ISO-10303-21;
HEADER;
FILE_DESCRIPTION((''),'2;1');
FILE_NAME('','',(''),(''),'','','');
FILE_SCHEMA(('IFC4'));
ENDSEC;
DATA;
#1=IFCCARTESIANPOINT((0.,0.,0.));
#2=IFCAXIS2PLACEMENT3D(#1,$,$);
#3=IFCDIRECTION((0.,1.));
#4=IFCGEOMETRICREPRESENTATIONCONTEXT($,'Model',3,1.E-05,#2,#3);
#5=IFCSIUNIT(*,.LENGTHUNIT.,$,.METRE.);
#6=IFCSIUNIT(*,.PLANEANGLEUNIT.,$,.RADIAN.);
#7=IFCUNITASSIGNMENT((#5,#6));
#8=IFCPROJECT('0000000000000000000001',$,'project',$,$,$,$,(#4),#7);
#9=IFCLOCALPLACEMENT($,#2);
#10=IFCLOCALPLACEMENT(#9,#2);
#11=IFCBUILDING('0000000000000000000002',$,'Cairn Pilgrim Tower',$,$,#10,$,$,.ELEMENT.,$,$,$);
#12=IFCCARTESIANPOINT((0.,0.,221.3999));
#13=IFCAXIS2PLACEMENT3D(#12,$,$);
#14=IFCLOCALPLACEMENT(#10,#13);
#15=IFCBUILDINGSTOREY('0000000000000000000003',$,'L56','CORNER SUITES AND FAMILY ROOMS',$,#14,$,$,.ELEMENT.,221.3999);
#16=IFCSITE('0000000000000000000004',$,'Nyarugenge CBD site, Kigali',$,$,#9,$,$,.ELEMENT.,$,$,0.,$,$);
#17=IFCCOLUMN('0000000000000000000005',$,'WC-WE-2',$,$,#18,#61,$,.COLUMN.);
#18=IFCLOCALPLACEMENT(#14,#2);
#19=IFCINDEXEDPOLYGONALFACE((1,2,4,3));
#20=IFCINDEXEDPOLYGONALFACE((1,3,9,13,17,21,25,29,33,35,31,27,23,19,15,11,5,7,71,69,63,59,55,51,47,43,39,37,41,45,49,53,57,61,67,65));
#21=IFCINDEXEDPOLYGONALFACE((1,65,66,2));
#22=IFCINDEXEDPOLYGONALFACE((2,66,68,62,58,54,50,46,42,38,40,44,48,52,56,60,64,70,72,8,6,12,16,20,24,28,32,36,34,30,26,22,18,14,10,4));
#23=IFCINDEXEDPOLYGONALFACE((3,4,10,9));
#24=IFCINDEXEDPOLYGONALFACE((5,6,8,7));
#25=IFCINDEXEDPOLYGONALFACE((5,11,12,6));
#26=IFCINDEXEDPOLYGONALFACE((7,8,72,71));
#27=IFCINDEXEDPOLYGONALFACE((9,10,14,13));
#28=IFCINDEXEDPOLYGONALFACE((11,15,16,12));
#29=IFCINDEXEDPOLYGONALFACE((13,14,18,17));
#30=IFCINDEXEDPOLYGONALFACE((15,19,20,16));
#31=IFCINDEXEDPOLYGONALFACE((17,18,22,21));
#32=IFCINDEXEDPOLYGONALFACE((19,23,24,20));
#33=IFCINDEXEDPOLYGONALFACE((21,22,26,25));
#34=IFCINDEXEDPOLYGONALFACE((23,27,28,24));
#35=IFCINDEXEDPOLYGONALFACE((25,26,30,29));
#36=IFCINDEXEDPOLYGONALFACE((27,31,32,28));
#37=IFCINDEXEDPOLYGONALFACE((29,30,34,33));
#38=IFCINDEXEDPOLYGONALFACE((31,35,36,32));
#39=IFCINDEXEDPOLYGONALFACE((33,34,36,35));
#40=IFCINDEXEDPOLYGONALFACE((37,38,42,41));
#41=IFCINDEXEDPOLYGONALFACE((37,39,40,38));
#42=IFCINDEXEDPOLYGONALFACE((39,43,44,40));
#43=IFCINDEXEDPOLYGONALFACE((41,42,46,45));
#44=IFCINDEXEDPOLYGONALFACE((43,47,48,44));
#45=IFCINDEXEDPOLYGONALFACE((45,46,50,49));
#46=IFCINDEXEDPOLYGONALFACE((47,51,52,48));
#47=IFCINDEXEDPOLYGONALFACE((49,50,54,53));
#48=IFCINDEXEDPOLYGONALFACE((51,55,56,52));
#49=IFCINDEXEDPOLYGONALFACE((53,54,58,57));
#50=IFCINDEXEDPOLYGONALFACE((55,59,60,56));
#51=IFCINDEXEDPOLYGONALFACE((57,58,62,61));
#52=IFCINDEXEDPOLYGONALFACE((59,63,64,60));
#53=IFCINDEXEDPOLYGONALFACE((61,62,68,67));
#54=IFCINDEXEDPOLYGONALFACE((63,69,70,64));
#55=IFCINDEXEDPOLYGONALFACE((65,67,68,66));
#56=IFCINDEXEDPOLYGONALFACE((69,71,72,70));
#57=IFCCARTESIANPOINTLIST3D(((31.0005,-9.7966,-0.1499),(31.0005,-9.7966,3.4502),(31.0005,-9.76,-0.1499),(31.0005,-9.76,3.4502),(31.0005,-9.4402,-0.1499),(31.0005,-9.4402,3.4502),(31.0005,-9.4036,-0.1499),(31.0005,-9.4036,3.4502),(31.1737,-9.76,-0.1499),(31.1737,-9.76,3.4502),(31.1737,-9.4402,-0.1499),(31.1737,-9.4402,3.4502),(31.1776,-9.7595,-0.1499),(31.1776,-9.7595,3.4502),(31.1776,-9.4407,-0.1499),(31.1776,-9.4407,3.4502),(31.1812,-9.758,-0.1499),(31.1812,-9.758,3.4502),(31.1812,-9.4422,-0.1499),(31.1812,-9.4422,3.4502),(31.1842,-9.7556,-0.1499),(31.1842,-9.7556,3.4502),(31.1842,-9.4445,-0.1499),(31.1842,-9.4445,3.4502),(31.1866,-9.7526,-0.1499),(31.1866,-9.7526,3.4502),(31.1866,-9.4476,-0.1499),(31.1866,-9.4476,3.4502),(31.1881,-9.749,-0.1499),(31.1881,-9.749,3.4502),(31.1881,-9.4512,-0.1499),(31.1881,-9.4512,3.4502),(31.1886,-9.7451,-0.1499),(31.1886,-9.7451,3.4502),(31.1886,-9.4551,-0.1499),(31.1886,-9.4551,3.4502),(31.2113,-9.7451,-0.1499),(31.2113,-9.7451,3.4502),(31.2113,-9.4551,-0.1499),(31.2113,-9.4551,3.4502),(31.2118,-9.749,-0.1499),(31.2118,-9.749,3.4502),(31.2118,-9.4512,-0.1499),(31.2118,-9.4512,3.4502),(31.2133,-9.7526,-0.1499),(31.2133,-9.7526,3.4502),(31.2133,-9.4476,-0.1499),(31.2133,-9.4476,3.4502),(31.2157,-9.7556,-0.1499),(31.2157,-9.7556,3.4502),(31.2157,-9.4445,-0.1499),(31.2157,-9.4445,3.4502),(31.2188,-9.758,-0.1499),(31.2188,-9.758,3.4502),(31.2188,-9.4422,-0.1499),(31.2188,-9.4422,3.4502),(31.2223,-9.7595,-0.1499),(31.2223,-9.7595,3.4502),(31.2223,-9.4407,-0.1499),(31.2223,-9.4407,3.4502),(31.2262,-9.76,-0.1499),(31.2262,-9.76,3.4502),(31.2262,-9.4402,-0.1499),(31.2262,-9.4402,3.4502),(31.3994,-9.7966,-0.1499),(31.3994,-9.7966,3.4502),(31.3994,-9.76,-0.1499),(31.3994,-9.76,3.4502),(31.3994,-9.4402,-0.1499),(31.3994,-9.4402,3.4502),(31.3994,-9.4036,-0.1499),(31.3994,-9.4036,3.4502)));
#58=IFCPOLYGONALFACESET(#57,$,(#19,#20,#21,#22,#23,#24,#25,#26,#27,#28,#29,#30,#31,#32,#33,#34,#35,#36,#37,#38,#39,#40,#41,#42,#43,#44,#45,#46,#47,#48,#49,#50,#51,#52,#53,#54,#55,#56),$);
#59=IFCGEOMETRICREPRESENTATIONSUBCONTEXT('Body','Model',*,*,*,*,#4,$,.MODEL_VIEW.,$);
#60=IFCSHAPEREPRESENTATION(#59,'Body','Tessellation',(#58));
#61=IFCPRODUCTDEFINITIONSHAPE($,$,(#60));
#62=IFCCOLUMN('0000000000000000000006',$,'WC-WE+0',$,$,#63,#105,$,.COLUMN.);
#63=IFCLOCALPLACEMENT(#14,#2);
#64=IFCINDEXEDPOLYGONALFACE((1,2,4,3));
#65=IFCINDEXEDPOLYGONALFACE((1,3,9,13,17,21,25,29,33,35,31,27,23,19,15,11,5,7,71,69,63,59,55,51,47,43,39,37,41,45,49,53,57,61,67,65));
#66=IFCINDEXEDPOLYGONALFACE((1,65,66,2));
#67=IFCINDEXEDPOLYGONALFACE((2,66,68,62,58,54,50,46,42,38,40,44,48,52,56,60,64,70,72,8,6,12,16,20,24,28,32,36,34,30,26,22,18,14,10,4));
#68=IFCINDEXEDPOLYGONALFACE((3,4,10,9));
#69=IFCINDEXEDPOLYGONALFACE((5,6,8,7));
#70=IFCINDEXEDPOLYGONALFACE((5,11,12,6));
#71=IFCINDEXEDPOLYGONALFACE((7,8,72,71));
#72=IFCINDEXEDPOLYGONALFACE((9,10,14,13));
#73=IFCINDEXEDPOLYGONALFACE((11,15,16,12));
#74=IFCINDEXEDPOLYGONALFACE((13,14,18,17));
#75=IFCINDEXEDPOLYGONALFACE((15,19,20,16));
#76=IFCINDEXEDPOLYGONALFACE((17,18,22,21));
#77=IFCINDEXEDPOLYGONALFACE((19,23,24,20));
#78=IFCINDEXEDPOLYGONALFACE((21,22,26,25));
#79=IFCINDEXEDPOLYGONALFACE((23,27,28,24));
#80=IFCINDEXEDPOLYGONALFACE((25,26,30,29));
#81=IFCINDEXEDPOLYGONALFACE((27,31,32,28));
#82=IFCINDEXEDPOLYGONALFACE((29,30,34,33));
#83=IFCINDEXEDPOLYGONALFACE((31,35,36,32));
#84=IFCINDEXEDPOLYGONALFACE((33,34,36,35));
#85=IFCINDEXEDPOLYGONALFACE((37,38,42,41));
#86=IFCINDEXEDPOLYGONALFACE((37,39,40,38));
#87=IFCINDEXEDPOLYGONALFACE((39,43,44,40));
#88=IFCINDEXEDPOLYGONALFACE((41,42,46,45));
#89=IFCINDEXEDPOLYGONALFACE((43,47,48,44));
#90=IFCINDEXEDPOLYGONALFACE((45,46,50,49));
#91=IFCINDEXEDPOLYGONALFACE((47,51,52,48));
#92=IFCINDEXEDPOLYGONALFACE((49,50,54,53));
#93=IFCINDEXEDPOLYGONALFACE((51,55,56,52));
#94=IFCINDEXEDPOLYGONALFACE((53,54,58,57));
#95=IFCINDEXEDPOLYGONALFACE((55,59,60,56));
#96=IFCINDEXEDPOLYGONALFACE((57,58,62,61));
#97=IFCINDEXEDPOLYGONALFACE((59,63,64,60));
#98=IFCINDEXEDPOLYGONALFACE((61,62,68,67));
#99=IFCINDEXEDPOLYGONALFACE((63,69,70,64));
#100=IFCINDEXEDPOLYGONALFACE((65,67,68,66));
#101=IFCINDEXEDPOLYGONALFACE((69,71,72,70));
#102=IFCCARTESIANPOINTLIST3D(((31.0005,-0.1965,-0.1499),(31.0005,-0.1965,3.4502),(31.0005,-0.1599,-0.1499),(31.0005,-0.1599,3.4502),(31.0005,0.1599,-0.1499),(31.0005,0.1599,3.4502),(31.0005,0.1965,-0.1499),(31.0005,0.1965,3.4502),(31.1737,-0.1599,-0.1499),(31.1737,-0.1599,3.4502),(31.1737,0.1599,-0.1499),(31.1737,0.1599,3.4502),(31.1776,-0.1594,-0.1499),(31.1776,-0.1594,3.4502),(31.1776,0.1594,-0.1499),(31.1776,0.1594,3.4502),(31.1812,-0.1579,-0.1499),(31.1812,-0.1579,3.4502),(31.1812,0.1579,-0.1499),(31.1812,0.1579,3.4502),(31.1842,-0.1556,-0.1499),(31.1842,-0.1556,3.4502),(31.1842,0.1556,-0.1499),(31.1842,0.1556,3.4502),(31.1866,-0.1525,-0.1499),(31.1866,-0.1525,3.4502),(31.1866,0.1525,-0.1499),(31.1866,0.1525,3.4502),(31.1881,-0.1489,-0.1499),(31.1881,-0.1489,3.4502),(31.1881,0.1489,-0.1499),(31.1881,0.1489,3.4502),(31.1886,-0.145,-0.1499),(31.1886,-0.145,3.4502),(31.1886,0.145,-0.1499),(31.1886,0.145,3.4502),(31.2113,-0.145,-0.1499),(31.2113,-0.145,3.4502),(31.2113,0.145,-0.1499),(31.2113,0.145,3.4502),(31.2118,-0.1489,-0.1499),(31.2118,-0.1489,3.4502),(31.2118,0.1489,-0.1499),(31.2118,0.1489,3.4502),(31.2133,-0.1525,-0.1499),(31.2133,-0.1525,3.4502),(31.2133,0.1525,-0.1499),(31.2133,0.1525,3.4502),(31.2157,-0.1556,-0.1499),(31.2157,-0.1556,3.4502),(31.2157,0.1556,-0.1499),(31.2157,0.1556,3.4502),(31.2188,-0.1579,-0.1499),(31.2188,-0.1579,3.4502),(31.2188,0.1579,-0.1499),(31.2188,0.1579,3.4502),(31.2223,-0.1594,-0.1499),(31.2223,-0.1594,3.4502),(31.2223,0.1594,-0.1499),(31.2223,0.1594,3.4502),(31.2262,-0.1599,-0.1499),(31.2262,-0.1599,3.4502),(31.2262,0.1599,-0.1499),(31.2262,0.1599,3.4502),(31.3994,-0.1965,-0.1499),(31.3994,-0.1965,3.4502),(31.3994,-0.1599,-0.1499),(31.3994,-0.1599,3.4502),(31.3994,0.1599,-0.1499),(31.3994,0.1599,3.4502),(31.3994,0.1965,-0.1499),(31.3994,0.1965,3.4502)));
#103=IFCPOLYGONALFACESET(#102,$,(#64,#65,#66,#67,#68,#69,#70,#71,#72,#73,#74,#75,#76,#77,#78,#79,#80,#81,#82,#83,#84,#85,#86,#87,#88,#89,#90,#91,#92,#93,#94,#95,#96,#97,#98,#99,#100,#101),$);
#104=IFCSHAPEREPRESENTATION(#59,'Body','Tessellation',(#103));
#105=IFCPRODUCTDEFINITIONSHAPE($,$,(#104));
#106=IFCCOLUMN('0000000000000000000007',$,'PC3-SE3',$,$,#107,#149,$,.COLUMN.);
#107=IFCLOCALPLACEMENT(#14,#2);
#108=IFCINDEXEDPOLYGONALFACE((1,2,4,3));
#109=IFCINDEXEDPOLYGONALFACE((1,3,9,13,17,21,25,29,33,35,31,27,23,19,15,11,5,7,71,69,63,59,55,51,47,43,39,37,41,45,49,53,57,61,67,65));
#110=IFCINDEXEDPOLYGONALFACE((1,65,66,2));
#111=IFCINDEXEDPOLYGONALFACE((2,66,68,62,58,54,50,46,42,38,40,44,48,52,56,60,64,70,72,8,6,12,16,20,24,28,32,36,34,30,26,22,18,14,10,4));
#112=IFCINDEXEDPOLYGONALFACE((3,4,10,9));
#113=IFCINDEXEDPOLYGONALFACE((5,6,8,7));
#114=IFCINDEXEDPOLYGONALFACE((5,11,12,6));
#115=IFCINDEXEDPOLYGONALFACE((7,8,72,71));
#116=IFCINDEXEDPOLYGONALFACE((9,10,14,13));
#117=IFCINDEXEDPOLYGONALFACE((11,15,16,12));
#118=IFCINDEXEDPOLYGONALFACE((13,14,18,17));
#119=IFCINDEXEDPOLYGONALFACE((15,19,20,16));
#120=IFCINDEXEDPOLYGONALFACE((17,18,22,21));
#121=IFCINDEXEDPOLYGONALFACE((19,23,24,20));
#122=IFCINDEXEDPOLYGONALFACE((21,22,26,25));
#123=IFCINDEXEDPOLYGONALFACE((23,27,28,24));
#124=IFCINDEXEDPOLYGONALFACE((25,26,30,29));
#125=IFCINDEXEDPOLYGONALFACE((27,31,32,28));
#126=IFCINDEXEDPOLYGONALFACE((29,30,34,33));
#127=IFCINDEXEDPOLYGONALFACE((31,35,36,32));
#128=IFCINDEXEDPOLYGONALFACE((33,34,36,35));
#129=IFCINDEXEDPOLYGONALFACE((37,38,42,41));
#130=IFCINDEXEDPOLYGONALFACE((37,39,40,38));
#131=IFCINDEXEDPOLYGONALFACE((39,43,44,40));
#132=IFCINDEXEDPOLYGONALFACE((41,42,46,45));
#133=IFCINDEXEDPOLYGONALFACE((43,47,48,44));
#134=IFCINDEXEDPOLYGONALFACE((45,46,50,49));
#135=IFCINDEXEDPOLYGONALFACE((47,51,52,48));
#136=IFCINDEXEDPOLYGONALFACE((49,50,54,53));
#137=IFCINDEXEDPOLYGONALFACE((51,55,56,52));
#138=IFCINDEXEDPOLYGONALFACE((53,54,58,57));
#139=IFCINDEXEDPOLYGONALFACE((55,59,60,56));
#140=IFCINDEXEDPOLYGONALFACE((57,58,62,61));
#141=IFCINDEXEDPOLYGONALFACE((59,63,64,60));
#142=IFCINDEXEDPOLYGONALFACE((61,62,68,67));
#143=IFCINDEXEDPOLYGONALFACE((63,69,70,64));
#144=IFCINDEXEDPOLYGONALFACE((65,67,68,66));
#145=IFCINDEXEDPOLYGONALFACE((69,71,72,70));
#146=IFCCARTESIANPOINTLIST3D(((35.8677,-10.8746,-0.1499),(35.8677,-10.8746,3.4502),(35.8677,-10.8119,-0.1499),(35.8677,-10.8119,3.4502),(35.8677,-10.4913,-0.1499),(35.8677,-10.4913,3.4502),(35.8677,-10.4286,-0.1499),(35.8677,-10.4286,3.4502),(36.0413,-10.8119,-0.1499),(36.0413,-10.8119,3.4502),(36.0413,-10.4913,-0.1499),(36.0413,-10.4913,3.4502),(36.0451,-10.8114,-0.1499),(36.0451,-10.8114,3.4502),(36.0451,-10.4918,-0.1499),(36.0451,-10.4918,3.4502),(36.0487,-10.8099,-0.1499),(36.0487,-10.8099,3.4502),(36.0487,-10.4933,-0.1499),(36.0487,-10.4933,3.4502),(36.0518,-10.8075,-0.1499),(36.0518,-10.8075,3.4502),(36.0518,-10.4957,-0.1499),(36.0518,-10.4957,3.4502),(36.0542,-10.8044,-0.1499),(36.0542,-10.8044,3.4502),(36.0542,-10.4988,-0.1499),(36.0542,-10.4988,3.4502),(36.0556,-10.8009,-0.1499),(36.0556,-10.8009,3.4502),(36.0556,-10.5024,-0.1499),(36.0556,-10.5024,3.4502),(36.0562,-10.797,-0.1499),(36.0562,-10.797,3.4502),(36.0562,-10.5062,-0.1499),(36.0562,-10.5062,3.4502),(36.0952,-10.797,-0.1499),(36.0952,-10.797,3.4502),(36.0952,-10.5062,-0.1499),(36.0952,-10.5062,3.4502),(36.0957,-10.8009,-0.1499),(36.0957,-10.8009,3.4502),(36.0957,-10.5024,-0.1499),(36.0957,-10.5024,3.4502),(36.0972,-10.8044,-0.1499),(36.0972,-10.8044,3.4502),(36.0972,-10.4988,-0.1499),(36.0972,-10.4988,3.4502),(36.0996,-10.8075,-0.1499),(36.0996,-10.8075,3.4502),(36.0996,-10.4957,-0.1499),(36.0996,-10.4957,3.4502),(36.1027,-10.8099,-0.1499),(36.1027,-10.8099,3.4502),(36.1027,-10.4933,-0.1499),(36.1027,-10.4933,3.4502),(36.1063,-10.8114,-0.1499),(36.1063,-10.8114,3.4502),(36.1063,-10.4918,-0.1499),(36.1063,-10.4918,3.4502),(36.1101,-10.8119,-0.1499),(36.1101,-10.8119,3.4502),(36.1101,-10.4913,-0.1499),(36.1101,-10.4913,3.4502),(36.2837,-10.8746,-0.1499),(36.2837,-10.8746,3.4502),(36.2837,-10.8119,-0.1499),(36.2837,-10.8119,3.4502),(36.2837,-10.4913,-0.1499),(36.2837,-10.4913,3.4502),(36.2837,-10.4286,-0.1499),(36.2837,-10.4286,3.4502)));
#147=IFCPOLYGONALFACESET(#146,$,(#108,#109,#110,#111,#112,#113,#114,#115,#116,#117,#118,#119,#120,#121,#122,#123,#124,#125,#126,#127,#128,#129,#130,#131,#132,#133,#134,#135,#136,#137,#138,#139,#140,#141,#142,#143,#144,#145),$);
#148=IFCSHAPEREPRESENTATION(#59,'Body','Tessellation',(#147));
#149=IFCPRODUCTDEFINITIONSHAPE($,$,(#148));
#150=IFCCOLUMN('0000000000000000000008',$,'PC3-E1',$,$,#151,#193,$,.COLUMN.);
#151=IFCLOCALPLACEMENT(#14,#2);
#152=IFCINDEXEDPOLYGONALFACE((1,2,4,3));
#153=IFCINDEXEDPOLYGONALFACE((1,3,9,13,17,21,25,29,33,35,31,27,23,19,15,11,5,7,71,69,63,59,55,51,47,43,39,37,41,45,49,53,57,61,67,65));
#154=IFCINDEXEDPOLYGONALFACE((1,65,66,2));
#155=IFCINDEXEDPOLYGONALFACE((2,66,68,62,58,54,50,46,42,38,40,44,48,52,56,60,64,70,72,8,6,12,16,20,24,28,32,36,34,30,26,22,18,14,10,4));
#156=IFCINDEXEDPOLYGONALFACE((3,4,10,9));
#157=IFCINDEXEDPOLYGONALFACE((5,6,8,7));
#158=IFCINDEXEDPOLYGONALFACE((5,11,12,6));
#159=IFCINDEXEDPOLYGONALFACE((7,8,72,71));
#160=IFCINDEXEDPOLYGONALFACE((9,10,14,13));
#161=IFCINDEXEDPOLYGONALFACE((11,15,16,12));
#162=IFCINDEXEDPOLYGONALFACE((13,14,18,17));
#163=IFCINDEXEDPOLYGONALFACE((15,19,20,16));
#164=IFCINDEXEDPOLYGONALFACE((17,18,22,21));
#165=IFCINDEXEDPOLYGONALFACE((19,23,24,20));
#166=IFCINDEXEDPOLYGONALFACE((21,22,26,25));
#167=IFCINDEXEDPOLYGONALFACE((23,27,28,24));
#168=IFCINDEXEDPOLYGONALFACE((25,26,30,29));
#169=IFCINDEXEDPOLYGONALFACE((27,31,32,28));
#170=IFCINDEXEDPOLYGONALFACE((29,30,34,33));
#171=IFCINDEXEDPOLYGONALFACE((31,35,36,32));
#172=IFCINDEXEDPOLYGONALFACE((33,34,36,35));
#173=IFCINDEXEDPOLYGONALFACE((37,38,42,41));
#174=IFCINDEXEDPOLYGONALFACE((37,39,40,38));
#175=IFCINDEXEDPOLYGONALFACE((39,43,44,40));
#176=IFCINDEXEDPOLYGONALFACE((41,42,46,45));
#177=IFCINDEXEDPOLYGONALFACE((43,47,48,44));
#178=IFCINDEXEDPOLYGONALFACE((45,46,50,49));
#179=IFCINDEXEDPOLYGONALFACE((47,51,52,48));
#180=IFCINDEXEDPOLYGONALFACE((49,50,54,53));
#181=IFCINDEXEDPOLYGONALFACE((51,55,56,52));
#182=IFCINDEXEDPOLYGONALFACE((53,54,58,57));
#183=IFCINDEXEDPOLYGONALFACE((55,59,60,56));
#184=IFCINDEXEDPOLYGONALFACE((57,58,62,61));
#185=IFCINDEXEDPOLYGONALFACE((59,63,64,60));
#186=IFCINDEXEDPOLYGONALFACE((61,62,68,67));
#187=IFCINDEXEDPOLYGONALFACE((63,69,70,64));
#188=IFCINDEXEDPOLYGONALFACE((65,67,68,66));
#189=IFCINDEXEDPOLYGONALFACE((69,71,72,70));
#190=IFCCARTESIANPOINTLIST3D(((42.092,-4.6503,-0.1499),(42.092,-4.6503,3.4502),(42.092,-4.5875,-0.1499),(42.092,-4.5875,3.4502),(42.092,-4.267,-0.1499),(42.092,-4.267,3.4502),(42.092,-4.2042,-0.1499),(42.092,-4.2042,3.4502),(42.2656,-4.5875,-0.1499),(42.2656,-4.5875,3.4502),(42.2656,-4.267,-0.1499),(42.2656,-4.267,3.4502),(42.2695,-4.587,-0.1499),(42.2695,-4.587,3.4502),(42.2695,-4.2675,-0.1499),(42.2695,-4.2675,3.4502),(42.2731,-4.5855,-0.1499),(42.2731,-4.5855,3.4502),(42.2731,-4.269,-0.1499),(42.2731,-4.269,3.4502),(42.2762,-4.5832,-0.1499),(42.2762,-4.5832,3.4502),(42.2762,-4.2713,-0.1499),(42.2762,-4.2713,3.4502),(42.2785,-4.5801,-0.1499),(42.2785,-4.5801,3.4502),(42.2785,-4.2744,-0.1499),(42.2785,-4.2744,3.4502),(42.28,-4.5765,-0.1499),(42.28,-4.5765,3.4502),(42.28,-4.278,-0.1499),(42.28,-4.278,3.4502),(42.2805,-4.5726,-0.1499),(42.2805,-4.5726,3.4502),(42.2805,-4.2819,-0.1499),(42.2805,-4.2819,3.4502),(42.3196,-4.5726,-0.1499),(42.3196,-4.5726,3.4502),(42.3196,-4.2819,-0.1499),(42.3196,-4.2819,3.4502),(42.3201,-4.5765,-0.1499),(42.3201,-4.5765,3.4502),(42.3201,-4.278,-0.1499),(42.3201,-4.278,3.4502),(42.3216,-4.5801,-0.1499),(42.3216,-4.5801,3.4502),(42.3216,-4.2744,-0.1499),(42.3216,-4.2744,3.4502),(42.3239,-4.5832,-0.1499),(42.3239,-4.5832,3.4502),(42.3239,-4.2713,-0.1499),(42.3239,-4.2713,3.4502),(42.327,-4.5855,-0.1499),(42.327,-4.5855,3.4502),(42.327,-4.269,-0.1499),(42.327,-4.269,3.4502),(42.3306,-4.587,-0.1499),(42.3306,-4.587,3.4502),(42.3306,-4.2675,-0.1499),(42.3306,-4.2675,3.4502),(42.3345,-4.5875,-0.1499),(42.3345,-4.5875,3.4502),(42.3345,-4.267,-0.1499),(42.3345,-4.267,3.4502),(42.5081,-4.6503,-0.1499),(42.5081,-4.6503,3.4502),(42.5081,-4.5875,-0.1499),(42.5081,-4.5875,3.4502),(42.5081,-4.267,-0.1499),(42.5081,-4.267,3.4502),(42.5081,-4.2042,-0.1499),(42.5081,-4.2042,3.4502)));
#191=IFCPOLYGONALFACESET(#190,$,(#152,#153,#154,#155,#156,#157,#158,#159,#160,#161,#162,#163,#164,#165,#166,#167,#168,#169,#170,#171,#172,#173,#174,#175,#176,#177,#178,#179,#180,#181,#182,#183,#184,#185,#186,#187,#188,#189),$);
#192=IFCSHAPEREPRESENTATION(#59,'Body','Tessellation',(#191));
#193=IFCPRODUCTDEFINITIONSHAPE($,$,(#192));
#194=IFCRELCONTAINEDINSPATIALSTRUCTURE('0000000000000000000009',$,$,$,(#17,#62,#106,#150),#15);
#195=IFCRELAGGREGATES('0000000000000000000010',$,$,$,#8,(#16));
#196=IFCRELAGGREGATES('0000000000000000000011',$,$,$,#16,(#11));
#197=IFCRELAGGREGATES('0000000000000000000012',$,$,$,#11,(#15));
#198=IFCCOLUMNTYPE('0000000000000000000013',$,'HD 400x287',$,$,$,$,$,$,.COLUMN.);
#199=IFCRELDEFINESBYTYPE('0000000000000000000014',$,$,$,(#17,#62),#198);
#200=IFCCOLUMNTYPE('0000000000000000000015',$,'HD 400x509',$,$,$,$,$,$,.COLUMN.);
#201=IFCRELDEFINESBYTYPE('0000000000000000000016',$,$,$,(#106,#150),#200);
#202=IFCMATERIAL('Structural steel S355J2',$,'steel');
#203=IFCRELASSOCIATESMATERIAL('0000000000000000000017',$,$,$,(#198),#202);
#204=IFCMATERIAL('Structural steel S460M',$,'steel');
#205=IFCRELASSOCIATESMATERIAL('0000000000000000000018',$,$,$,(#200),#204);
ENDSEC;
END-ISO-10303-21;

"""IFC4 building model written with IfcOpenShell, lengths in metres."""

from ifc_helpers import new_model, si_unit, direction, frame, origin, origin_2d, place, context, subcontext, project, spatial, i_section, extrude, material, material_profile, profile_set, type_object, element, save


model = new_model("IFC4")

# Units and contexts
model_context = context("Model", 3, precision=1e-05, world=origin(), true_north=direction((0.0, 1.0)))
body_context = subcontext(model_context, "Body", "Model", "MODEL_VIEW")
ifc_project = project(units=[si_unit("LENGTHUNIT", "METRE"), si_unit("PLANEANGLEUNIT", "RADIAN")], contexts=[model_context])

# Site, building, storey
site_placement = place(None, origin())
site = spatial("IfcSite", under=ifc_project, at=site_placement, Name="Nyarugenge CBD site, Kigali", CompositionType="ELEMENT", RefElevation=0.0)
building_placement = place(site_placement, origin())
building = spatial("IfcBuilding", under=site, at=building_placement, Name="Cairn Pilgrim Tower", CompositionType="ELEMENT")
storey_placement = place(building_placement, frame((0.0, 0.0, 221.3999)))
storey = spatial("IfcBuildingStorey", under=building, at=storey_placement, Name="L56", Description="CORNER SUITES AND FAMILY ROOMS", CompositionType="ELEMENT", Elevation=221.3999)

# Columns
ifc_material_1 = material(Name="Structural steel S355J2", Category="steel")
ifc_material_profile_1 = material_profile(ifc_material_1, i_section(OverallWidth=0.3989, OverallDepth=0.3931, WebThickness=0.0227, FlangeThickness=0.0366, FilletRadius=0.0149, at=origin_2d()), Name="HD 400x287")
ifc_profile_set_1 = profile_set([ifc_material_profile_1], Name="Structural steel S355J2")
column_type_1 = type_object("IfcColumnType", Name="HD 400x287", PredefinedType="COLUMN", material=ifc_profile_set_1)
for number, where, z_axis, x_axis, name in (
    (1, (31.2, -9.6001, -0.1499), (0.0, 0.0, 1.0), (1.0, 0.0, 0.0), "WC-WE-2"),
    (2, (31.2, 0.0, -0.1499), (0.0, 0.0, 1.0), (1.0, 0.0, 0.0), "WC-WE+0"),
):
    element("IfcColumn", number, at=place(storey_placement, frame(where, z_axis=z_axis, x_axis=x_axis)), inside=storey, type_object=column_type_1, Name=name, PredefinedType="COLUMN", context=body_context, shape_type="SweptSolid", body=[
        extrude(i_section(OverallWidth=0.3989, OverallDepth=0.3931, WebThickness=0.0227, FlangeThickness=0.0366, FilletRadius=0.0149, at=origin_2d()), origin(), (0.0, 0.0, 1.0), 3.6001),
    ])
ifc_material_2 = material(Name="Structural steel S460M", Category="steel")
ifc_material_profile_2 = material_profile(ifc_material_2, i_section(OverallWidth=0.416, OverallDepth=0.446, WebThickness=0.0391, FlangeThickness=0.0627, FilletRadius=0.0149, at=origin_2d()), Name="HD 400x509")
ifc_profile_set_2 = profile_set([ifc_material_profile_2], Name="Structural steel S460M")
column_type_2 = type_object("IfcColumnType", Name="HD 400x509", PredefinedType="COLUMN", material=ifc_profile_set_2)
for number, where, z_axis, x_axis, name in (
    (3, (36.0757, -10.6516, -0.1499), (0.0, 0.0, 1.0), (1.0, 0.0, 0.0), "PC3-SE3"),
    (4, (42.3, -4.4272, -0.1499), (0.0, 0.0, 1.0), (1.0, 0.0, 0.0), "PC3-E1"),
):
    element("IfcColumn", number, at=place(storey_placement, frame(where, z_axis=z_axis, x_axis=x_axis)), inside=storey, type_object=column_type_2, Name=name, PredefinedType="COLUMN", context=body_context, shape_type="SweptSolid", body=[
        extrude(i_section(OverallWidth=0.416, OverallDepth=0.446, WebThickness=0.0391, FlangeThickness=0.0627, FilletRadius=0.0149, at=origin_2d()), origin(), (0.0, 0.0, 1.0), 3.6001),
    ])

save(model, "model.ifc")
